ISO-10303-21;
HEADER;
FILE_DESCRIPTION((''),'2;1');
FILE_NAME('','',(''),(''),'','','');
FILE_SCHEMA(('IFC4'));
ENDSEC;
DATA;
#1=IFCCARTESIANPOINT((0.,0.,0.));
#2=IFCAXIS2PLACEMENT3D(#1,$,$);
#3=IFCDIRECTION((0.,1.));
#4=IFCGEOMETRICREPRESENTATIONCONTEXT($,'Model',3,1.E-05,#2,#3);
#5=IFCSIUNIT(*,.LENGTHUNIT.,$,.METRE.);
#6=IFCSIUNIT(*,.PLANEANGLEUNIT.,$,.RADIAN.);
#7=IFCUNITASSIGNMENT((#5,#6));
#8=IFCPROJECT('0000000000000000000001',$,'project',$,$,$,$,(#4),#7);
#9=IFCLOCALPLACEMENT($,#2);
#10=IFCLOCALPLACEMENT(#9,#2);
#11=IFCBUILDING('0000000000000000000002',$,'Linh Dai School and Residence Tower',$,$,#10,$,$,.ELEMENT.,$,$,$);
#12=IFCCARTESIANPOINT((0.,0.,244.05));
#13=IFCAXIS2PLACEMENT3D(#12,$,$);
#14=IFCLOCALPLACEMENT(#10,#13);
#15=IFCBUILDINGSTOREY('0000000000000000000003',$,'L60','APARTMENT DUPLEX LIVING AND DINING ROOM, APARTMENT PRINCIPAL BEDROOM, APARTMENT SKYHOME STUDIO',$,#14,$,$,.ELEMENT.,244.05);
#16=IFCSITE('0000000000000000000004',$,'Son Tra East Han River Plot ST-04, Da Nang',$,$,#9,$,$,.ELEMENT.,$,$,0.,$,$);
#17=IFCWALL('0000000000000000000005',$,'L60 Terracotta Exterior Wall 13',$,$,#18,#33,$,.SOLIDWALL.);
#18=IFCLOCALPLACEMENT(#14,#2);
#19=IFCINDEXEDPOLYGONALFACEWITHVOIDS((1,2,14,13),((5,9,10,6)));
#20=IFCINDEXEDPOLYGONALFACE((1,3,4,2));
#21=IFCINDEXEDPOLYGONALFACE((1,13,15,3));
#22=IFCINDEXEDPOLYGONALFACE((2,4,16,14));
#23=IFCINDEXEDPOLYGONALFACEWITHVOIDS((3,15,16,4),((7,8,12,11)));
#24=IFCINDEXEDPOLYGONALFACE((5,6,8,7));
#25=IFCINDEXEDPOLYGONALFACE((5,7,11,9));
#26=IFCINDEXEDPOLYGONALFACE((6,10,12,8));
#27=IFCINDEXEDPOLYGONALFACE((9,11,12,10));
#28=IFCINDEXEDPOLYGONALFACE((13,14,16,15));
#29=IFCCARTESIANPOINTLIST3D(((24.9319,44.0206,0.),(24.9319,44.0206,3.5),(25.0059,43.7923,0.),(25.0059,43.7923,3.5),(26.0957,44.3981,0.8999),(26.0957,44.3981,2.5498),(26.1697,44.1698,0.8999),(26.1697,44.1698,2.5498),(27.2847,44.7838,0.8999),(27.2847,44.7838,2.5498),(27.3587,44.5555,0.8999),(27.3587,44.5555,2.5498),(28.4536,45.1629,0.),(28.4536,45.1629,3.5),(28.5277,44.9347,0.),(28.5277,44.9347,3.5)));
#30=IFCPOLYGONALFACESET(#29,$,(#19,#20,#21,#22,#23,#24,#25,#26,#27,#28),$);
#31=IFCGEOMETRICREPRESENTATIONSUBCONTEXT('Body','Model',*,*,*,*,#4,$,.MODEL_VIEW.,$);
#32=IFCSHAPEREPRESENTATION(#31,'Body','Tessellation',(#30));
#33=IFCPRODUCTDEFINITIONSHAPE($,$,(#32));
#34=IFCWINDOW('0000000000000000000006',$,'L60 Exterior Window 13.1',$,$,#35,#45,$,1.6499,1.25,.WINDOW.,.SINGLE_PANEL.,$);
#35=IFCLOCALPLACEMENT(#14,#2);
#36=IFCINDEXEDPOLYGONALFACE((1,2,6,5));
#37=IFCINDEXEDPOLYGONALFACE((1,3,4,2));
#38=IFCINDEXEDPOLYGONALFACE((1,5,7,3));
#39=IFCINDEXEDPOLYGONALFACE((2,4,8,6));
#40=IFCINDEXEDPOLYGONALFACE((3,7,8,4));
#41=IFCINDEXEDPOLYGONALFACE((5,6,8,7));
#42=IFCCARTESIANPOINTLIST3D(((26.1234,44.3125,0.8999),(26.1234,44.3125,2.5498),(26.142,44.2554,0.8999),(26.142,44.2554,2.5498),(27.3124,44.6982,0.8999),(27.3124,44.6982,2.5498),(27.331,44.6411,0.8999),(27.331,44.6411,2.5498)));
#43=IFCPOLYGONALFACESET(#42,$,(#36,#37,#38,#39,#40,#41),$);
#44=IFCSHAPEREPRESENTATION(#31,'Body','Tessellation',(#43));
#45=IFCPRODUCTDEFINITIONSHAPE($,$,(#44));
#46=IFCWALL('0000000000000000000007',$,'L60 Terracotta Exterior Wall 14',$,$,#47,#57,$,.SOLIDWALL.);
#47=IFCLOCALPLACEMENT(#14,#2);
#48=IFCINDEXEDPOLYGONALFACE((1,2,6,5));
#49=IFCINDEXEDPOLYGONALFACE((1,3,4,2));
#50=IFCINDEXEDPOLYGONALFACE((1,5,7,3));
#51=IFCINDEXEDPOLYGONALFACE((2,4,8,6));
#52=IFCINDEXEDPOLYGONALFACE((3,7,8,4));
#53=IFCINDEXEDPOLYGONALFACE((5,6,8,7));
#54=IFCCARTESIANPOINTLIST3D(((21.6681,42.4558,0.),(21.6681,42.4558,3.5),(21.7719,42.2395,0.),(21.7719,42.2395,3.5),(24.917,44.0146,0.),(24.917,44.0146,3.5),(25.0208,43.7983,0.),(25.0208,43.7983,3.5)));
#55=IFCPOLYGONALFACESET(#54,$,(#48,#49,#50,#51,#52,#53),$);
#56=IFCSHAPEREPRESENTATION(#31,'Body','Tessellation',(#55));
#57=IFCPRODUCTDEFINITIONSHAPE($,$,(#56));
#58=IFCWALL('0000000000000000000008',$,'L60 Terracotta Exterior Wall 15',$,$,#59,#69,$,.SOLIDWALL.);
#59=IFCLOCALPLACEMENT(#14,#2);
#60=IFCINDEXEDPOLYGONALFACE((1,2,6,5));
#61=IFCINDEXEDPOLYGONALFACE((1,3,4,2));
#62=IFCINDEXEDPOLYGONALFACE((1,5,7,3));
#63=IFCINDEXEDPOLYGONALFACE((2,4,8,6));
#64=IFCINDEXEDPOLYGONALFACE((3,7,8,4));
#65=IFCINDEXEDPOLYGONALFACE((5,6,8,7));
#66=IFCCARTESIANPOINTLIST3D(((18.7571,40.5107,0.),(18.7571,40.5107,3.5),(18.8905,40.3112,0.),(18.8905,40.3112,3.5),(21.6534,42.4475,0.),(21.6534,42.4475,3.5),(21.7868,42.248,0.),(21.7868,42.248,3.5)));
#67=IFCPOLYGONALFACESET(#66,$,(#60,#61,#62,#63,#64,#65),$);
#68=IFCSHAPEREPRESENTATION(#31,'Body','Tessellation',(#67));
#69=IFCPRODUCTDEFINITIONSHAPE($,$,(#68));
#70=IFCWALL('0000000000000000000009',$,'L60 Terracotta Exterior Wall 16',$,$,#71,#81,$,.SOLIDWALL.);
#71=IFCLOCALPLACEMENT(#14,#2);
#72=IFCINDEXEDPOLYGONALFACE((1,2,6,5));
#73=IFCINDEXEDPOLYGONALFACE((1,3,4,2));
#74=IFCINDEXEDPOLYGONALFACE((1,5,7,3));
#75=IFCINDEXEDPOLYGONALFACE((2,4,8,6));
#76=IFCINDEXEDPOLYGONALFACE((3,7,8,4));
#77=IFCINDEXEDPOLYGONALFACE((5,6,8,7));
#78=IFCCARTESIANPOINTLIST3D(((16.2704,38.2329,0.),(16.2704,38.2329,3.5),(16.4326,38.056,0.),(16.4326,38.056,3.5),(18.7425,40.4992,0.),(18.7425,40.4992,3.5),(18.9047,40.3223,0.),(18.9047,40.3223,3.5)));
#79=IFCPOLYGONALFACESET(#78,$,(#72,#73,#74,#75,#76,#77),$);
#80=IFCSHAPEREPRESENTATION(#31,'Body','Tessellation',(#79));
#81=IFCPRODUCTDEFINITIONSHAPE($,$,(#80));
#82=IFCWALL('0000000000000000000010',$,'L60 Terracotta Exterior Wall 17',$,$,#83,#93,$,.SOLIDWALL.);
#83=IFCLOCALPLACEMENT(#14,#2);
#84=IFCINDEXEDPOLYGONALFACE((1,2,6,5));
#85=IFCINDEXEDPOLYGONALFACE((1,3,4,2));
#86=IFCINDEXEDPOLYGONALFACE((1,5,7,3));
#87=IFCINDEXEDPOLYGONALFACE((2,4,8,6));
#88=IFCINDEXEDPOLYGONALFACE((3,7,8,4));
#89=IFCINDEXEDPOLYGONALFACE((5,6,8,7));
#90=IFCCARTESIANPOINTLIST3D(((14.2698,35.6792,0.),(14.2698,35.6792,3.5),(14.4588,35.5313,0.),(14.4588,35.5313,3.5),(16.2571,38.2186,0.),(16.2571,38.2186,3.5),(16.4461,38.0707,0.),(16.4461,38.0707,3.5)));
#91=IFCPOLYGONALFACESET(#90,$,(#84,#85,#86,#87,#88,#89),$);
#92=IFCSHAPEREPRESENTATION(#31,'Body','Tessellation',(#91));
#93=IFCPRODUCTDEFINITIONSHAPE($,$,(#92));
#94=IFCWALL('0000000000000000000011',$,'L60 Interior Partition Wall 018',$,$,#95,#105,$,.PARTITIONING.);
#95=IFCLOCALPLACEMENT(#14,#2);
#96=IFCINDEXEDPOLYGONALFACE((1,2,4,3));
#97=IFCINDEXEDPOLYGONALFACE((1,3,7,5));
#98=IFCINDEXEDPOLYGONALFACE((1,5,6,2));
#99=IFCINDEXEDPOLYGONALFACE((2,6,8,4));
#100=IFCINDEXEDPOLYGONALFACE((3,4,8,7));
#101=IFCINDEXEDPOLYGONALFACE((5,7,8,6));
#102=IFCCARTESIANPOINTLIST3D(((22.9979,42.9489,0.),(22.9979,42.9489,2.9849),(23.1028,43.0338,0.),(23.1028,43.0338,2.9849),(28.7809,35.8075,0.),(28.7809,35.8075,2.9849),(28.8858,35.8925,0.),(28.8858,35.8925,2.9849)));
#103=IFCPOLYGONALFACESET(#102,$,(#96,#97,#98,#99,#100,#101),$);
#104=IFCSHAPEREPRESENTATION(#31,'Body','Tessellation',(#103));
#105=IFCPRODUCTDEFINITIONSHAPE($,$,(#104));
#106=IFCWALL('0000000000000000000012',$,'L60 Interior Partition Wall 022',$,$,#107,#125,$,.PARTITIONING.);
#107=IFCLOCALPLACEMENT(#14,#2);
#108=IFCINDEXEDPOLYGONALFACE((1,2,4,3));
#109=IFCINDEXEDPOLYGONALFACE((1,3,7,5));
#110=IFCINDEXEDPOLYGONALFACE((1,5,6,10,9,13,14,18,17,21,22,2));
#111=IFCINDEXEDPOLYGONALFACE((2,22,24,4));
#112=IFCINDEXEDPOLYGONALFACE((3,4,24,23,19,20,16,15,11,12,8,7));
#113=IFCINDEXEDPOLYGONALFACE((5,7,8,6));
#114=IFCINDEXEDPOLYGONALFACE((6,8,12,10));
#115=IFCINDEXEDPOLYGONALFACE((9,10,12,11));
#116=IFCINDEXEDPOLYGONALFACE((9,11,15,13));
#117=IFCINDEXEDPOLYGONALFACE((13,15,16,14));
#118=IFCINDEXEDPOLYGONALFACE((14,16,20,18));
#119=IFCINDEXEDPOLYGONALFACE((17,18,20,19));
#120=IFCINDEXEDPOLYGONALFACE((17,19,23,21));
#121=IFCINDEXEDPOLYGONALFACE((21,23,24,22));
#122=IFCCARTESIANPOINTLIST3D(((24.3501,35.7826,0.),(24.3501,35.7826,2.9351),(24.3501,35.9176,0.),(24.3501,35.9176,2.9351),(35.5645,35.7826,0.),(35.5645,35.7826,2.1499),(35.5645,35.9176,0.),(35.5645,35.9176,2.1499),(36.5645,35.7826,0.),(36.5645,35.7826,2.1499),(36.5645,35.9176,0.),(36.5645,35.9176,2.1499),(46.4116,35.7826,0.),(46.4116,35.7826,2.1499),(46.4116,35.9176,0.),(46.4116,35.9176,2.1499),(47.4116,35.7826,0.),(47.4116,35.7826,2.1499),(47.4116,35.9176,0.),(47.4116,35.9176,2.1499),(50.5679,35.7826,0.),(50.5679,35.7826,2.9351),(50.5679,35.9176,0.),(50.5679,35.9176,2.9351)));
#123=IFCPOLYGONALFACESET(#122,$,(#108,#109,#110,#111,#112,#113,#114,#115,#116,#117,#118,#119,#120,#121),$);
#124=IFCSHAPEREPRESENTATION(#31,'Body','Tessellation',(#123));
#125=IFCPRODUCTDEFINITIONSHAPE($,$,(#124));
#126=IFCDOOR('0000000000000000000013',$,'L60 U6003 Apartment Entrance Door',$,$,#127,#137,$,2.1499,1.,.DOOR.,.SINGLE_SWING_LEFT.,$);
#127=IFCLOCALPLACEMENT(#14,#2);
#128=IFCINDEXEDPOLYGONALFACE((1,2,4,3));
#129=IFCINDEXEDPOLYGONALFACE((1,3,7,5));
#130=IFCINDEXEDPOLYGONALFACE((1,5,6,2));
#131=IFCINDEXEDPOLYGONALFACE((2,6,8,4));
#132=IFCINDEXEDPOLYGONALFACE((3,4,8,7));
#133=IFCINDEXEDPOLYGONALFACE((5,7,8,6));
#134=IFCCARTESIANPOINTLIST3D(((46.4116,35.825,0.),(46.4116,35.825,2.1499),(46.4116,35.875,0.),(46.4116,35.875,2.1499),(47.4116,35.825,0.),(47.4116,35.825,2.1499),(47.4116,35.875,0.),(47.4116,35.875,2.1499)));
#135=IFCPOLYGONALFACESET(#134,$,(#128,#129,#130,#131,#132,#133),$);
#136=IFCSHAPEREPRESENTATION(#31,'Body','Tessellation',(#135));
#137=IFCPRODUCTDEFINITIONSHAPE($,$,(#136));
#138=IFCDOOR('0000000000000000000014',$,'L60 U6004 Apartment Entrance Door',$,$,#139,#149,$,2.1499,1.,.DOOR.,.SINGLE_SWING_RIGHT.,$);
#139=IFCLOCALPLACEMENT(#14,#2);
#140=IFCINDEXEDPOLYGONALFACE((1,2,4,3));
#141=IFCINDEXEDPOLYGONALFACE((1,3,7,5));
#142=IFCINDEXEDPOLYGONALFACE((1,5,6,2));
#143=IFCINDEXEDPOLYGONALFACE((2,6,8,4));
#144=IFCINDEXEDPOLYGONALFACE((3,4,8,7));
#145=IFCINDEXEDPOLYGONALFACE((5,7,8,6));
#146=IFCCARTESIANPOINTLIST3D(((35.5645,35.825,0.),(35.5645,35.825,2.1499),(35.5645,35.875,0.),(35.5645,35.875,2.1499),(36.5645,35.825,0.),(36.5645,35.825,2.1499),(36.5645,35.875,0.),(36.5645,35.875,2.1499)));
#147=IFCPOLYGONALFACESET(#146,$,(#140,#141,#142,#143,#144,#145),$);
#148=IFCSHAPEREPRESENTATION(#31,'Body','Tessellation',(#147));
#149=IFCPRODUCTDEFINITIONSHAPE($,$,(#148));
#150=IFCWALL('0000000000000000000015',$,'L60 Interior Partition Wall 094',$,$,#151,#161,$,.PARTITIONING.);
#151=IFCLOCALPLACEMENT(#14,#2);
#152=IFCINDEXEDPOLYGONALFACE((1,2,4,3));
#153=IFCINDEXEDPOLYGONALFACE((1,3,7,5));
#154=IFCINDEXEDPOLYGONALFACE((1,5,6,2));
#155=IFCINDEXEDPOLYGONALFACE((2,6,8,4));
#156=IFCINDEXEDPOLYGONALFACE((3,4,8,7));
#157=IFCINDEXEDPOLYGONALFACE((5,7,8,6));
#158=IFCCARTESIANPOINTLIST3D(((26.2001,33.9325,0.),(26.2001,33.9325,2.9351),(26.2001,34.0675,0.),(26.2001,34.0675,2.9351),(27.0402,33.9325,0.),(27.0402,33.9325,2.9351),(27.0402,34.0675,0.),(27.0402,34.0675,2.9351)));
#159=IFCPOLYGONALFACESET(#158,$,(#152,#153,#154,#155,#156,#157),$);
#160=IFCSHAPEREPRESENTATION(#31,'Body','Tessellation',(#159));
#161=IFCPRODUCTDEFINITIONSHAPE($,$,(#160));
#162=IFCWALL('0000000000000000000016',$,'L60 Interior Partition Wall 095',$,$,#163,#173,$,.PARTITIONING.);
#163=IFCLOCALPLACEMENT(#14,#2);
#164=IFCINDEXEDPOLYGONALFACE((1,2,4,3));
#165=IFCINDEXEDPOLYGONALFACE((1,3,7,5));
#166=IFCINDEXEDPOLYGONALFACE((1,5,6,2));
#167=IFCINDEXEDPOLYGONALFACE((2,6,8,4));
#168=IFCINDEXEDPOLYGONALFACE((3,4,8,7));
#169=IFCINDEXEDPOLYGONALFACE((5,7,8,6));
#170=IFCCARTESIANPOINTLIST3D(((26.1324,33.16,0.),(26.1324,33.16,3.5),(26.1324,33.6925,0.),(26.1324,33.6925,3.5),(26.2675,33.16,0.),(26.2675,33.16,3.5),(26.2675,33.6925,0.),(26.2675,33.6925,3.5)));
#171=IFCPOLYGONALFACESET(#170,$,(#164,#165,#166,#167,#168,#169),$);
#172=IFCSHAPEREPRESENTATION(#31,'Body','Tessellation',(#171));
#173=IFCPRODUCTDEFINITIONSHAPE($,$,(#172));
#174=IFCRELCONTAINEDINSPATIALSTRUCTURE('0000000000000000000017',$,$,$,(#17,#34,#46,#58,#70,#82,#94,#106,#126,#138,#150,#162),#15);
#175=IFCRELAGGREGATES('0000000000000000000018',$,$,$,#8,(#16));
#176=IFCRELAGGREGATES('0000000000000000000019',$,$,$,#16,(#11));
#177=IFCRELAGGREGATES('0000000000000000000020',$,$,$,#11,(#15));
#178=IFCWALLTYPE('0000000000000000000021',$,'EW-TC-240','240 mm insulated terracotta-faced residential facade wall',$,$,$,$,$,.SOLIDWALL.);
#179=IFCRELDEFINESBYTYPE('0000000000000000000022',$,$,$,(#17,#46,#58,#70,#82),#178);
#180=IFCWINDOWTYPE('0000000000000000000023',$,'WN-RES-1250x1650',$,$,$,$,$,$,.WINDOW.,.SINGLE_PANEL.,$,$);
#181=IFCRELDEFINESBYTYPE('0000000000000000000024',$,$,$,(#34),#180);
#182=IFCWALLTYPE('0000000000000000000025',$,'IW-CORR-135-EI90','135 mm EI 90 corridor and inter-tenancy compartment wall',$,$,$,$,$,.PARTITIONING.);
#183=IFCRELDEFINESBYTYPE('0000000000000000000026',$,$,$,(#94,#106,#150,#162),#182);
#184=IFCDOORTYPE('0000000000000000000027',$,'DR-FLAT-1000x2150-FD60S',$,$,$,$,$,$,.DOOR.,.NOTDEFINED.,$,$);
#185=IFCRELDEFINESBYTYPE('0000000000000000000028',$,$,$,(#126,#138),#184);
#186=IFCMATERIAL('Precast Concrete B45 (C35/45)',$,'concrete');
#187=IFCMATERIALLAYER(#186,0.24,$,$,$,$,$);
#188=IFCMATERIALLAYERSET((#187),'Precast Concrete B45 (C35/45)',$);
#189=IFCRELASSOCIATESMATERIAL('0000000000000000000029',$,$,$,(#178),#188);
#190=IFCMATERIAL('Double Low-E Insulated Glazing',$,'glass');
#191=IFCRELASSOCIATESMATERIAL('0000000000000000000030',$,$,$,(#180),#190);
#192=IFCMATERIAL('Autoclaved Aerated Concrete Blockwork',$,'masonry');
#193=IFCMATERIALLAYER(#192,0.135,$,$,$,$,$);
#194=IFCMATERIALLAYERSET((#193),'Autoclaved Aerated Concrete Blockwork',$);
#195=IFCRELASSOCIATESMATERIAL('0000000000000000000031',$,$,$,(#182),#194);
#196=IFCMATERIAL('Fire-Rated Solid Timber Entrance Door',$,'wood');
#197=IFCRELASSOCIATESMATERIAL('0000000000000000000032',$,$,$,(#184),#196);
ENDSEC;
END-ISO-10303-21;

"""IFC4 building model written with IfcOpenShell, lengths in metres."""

from ifc_helpers import new_model, si_unit, direction, frame, frame_2d, origin, origin_2d, place, context, subcontext, project, spatial, rectangle, extrude, source, transform, mapped, material, layer, layer_set, type_object, element, fill, save


model = new_model("IFC4")

# Units and contexts
model_context = context("Model", 3, precision=1e-05, world=origin(), true_north=direction((0.0, 1.0)))
body_context = subcontext(model_context, "Body", "Model", "MODEL_VIEW")
ifc_project = project(units=[si_unit("LENGTHUNIT", "METRE"), si_unit("PLANEANGLEUNIT", "RADIAN")], contexts=[model_context])

# Site, building, storey
site_placement = place(None, origin())
site = spatial("IfcSite", under=ifc_project, at=site_placement, Name="Son Tra East Han River Plot ST-04, Da Nang", CompositionType="ELEMENT", RefElevation=0.0)
building_placement = place(site_placement, origin())
building = spatial("IfcBuilding", under=site, at=building_placement, Name="Linh Dai School and Residence Tower", CompositionType="ELEMENT")
storey_placement = place(building_placement, frame((0.0, 0.0, 244.05)))
storey = spatial("IfcBuildingStorey", under=building, at=storey_placement, Name="L60", Description="APARTMENT DUPLEX LIVING AND DINING ROOM, APARTMENT PRINCIPAL BEDROOM, APARTMENT SKYHOME STUDIO", CompositionType="ELEMENT", Elevation=244.05)

# Shared definitions
ifc_material_1 = material(Name="Precast Concrete B45 (C35/45)", Category="concrete")

# Wall, opening, window
ifc_layer_1 = layer(ifc_material_1, 0.24)
ifc_layer_set_1 = layer_set([ifc_layer_1], Name="Precast Concrete B45 (C35/45)")
wall_type_1 = type_object("IfcWallType", Name="EW-TC-240", Description="240 mm insulated terracotta-faced residential facade wall", PredefinedType="SOLIDWALL", material=ifc_layer_set_1)
wall_1_placement = place(storey_placement, frame((24.969, 43.9065, 0.0), z_axis=(0.0, 0.0, 1.0), x_axis=(0.951211, 0.308542, 0.0)))
wall_1 = element("IfcWall", 1, at=wall_1_placement, inside=storey, type_object=wall_type_1, Name="L60 Terracotta Exterior Wall 13", PredefinedType="SOLIDWALL", context=body_context, shape_type="SweptSolid", body=[
    extrude(rectangle(XDim=3.7024, YDim=0.24, at=frame_2d((1.8511, 0.0))), origin(), (0.0, 0.0, 1.0), 3.5),
])
opening_1_placement = place(wall_1_placement, frame((1.2234, 0.0, 0.8999)))
opening_1 = element("IfcOpeningElement", 2, at=opening_1_placement, cuts=wall_1, PredefinedType="OPENING", context=body_context, shape_type="SweptSolid", body=[
    extrude(rectangle(XDim=1.25, YDim=1.6499, at=origin_2d()), frame((0.625, 0.1299, 0.825), z_axis=(0.0, -1.0, 0.0), x_axis=(1.0, 0.0, 0.0)), (0.0, 0.0, 1.0), 0.26),
])
ifc_material_2 = material(Name="Double Low-E Insulated Glazing", Category="glass")
window_type = type_object("IfcWindowType", Name="WN-RES-1250x1650", PartitioningType="SINGLE_PANEL", PredefinedType="WINDOW", material=ifc_material_2)
shared_shape_1 = source(origin(), body_context, "Body", "SweptSolid", [
    extrude(rectangle(XDim=1.25, YDim=1.6499, at=origin_2d()), frame((0.625, 0.03, 0.825), z_axis=(0.0, -1.0, 0.0), x_axis=(1.0, 0.0, 0.0)), (0.0, 0.0, 1.0), 0.0601),
])
window_placement = place(opening_1_placement, origin())
window = element("IfcWindow", 3, at=window_placement, inside=storey, type_object=window_type, Name="L60 Exterior Window 13.1", OverallHeight=1.6499, OverallWidth=1.25, PartitioningType="SINGLE_PANEL", PredefinedType="WINDOW", context=body_context, shape_type="MappedRepresentation", body=[
    mapped(shared_shape_1, transform((0.0, 0.0, 0.0), x_axis=(1.0, 0.0, 0.0), y_axis=(0.0, 1.0, 0.0), z_axis=(0.0, 0.0, 1.0), scale=1.0)),
])
fill(opening_1, window)

# Walls
wall_2_placement = place(storey_placement, frame((21.72, 42.3477, 0.0), z_axis=(0.0, 0.0, 1.0), x_axis=(0.901598, 0.432575, 0.0)))
element("IfcWall", 4, at=wall_2_placement, inside=storey, type_object=wall_type_1, Name="L60 Terracotta Exterior Wall 14", PredefinedType="SOLIDWALL", context=body_context, shape_type="SweptSolid", body=[
    extrude(rectangle(XDim=3.6035, YDim=0.24, at=frame_2d((1.8018, 0.0))), origin(), (0.0, 0.0, 1.0), 3.5),
])
wall_3_placement = place(storey_placement, frame((18.8237, 40.4109, 0.0), z_axis=(0.0, 0.0, 1.0), x_axis=(0.831262, 0.55588, 0.0)))
element("IfcWall", 5, at=wall_3_placement, inside=storey, type_object=wall_type_1, Name="L60 Terracotta Exterior Wall 15", PredefinedType="SOLIDWALL", context=body_context, shape_type="SweptSolid", body=[
    extrude(rectangle(XDim=3.4841, YDim=0.24, at=frame_2d((1.7422, 0.0))), origin(), (0.0, 0.0, 1.0), 3.5),
])
wall_4_placement = place(storey_placement, frame((16.3516, 38.1445, 0.0), z_axis=(0.0, 0.0, 1.0), x_axis=(0.737124, 0.675758, 0.0)))
element("IfcWall", 6, at=wall_4_placement, inside=storey, type_object=wall_type_1, Name="L60 Terracotta Exterior Wall 16", PredefinedType="SOLIDWALL", context=body_context, shape_type="SweptSolid", body=[
    extrude(rectangle(XDim=3.3538, YDim=0.24, at=frame_2d((1.6768, 0.0))), origin(), (0.0, 0.0, 1.0), 3.5),
])
wall_5_placement = place(storey_placement, frame((14.3643, 35.6052, 0.0), z_axis=(0.0, 0.0, 1.0), x_axis=(0.616312, 0.787502, 0.0)))
element("IfcWall", 7, at=wall_5_placement, inside=storey, type_object=wall_type_1, Name="L60 Terracotta Exterior Wall 17", PredefinedType="SOLIDWALL", context=body_context, shape_type="SweptSolid", body=[
    extrude(rectangle(XDim=3.2246, YDim=0.24, at=frame_2d((1.6123, 0.0))), origin(), (0.0, 0.0, 1.0), 3.5),
])
ifc_material_3 = material(Name="Autoclaved Aerated Concrete Blockwork", Category="masonry")
ifc_layer_2 = layer(ifc_material_3, 0.135)
ifc_layer_set_2 = layer_set([ifc_layer_2], Name="Autoclaved Aerated Concrete Blockwork")
wall_type_2 = type_object("IfcWallType", Name="IW-CORR-135-EI90", Description="135 mm EI 90 corridor and inter-tenancy compartment wall", PredefinedType="PARTITIONING", material=ifc_layer_set_2)
wall_6_placement = place(storey_placement, frame((23.0503, 42.9915, 0.0), z_axis=(0.0, 0.0, 1.0), x_axis=(0.629321, -0.777146, 0.0)))
element("IfcWall", 8, at=wall_6_placement, inside=storey, type_object=wall_type_2, Name="L60 Interior Partition Wall 018", PredefinedType="PARTITIONING", context=body_context, shape_type="SweptSolid", body=[
    extrude(rectangle(XDim=9.1892, YDim=0.135, at=frame_2d((4.5947, 0.0))), origin(), (0.0, 0.0, 1.0), 2.9849),
])

# Wall, openings, doors
wall_7_placement = place(storey_placement, frame((24.3501, 35.8501, 0.0), z_axis=(0.0, 0.0, 1.0), x_axis=(1.0, 0.0, 0.0)))
wall_7 = element("IfcWall", 9, at=wall_7_placement, inside=storey, type_object=wall_type_2, Name="L60 Interior Partition Wall 022", PredefinedType="PARTITIONING", context=body_context, shape_type="SweptSolid", body=[
    extrude(rectangle(XDim=26.2178, YDim=0.135, at=frame_2d((13.1089, 0.0))), origin(), (0.0, 0.0, 1.0), 2.9351),
])
opening_2_placement = place(wall_7_placement, frame((22.0615, 0.0, 0.0)))
opening_2 = element("IfcOpeningElement", 10, at=opening_2_placement, cuts=wall_7, PredefinedType="OPENING", context=body_context, shape_type="SweptSolid", body=[
    extrude(rectangle(XDim=1.0, YDim=2.1499, at=origin_2d()), frame((0.5, 0.0776, 1.075), z_axis=(0.0, -1.0, 0.0), x_axis=(1.0, 0.0, 0.0)), (0.0, 0.0, 1.0), 0.155),
])
opening_3_placement = place(wall_7_placement, frame((11.2144, 0.0, 0.0)))
opening_3 = element("IfcOpeningElement", 11, at=opening_3_placement, cuts=wall_7, PredefinedType="OPENING", context=body_context, shape_type="SweptSolid", body=[
    extrude(rectangle(XDim=1.0, YDim=2.1499, at=origin_2d()), frame((0.5, 0.0776, 1.075), z_axis=(0.0, -1.0, 0.0), x_axis=(1.0, 0.0, 0.0)), (0.0, 0.0, 1.0), 0.155),
])
ifc_material_4 = material(Name="Fire-Rated Solid Timber Entrance Door", Category="wood")
door_type_1 = type_object("IfcDoorType", Name="DR-FLAT-1000x2150-FD60S", OperationType="NOTDEFINED", PredefinedType="DOOR", material=ifc_material_4)
shared_shape_2 = source(origin(), body_context, "Body", "SweptSolid", [
    extrude(rectangle(XDim=1.0, YDim=2.1499, at=origin_2d()), frame((0.5, 0.0249, 1.075), z_axis=(0.0, -1.0, 0.0), x_axis=(1.0, 0.0, 0.0)), (0.0, 0.0, 1.0), 0.05),
])
door_1_placement = place(opening_2_placement, origin())
door_1 = element("IfcDoor", 12, at=door_1_placement, inside=storey, type_object=door_type_1, Name="L60 U6003 Apartment Entrance Door", OperationType="SINGLE_SWING_LEFT", OverallHeight=2.1499, OverallWidth=1.0, PredefinedType="DOOR", context=body_context, shape_type="MappedRepresentation", body=[
    mapped(shared_shape_2, transform((0.0, 0.0, 0.0), x_axis=(1.0, 0.0, 0.0), y_axis=(0.0, 1.0, 0.0), z_axis=(0.0, 0.0, 1.0), scale=1.0)),
])
fill(opening_2, door_1)
door_2_placement = place(opening_3_placement, origin())
door_2 = element("IfcDoor", 13, at=door_2_placement, inside=storey, type_object=door_type_1, Name="L60 U6004 Apartment Entrance Door", OperationType="SINGLE_SWING_RIGHT", OverallHeight=2.1499, OverallWidth=1.0, PredefinedType="DOOR", context=body_context, shape_type="MappedRepresentation", body=[
    mapped(shared_shape_2, transform((0.0, 0.0, 0.0), x_axis=(1.0, 0.0, 0.0), y_axis=(0.0, 1.0, 0.0), z_axis=(0.0, 0.0, 1.0), scale=1.0)),
])
fill(opening_3, door_2)

# Walls
wall_8_placement = place(storey_placement, frame((27.04, 34.0, 0.0), z_axis=(0.0, 0.0, 1.0), x_axis=(-1.0, 0.0, 0.0)))
element("IfcWall", 14, at=wall_8_placement, inside=storey, type_object=wall_type_2, Name="L60 Interior Partition Wall 094", PredefinedType="PARTITIONING", context=body_context, shape_type="SweptSolid", body=[
    extrude(rectangle(XDim=0.8401, YDim=0.135, at=frame_2d((0.4199, 0.0))), origin(), (0.0, 0.0, 1.0), 2.9351),
])
wall_9_placement = place(storey_placement, frame((26.2, 33.6924, 0.0), z_axis=(0.0, 0.0, 1.0), x_axis=(0.0, -1.0, 0.0)))
element("IfcWall", 15, at=wall_9_placement, inside=storey, type_object=wall_type_2, Name="L60 Interior Partition Wall 095", PredefinedType="PARTITIONING", context=body_context, shape_type="SweptSolid", body=[
    extrude(rectangle(XDim=0.5325, YDim=0.135, at=frame_2d((0.2661, 0.0))), origin(), (0.0, 0.0, 1.0), 3.5),
])

save(model, "model.ifc")
